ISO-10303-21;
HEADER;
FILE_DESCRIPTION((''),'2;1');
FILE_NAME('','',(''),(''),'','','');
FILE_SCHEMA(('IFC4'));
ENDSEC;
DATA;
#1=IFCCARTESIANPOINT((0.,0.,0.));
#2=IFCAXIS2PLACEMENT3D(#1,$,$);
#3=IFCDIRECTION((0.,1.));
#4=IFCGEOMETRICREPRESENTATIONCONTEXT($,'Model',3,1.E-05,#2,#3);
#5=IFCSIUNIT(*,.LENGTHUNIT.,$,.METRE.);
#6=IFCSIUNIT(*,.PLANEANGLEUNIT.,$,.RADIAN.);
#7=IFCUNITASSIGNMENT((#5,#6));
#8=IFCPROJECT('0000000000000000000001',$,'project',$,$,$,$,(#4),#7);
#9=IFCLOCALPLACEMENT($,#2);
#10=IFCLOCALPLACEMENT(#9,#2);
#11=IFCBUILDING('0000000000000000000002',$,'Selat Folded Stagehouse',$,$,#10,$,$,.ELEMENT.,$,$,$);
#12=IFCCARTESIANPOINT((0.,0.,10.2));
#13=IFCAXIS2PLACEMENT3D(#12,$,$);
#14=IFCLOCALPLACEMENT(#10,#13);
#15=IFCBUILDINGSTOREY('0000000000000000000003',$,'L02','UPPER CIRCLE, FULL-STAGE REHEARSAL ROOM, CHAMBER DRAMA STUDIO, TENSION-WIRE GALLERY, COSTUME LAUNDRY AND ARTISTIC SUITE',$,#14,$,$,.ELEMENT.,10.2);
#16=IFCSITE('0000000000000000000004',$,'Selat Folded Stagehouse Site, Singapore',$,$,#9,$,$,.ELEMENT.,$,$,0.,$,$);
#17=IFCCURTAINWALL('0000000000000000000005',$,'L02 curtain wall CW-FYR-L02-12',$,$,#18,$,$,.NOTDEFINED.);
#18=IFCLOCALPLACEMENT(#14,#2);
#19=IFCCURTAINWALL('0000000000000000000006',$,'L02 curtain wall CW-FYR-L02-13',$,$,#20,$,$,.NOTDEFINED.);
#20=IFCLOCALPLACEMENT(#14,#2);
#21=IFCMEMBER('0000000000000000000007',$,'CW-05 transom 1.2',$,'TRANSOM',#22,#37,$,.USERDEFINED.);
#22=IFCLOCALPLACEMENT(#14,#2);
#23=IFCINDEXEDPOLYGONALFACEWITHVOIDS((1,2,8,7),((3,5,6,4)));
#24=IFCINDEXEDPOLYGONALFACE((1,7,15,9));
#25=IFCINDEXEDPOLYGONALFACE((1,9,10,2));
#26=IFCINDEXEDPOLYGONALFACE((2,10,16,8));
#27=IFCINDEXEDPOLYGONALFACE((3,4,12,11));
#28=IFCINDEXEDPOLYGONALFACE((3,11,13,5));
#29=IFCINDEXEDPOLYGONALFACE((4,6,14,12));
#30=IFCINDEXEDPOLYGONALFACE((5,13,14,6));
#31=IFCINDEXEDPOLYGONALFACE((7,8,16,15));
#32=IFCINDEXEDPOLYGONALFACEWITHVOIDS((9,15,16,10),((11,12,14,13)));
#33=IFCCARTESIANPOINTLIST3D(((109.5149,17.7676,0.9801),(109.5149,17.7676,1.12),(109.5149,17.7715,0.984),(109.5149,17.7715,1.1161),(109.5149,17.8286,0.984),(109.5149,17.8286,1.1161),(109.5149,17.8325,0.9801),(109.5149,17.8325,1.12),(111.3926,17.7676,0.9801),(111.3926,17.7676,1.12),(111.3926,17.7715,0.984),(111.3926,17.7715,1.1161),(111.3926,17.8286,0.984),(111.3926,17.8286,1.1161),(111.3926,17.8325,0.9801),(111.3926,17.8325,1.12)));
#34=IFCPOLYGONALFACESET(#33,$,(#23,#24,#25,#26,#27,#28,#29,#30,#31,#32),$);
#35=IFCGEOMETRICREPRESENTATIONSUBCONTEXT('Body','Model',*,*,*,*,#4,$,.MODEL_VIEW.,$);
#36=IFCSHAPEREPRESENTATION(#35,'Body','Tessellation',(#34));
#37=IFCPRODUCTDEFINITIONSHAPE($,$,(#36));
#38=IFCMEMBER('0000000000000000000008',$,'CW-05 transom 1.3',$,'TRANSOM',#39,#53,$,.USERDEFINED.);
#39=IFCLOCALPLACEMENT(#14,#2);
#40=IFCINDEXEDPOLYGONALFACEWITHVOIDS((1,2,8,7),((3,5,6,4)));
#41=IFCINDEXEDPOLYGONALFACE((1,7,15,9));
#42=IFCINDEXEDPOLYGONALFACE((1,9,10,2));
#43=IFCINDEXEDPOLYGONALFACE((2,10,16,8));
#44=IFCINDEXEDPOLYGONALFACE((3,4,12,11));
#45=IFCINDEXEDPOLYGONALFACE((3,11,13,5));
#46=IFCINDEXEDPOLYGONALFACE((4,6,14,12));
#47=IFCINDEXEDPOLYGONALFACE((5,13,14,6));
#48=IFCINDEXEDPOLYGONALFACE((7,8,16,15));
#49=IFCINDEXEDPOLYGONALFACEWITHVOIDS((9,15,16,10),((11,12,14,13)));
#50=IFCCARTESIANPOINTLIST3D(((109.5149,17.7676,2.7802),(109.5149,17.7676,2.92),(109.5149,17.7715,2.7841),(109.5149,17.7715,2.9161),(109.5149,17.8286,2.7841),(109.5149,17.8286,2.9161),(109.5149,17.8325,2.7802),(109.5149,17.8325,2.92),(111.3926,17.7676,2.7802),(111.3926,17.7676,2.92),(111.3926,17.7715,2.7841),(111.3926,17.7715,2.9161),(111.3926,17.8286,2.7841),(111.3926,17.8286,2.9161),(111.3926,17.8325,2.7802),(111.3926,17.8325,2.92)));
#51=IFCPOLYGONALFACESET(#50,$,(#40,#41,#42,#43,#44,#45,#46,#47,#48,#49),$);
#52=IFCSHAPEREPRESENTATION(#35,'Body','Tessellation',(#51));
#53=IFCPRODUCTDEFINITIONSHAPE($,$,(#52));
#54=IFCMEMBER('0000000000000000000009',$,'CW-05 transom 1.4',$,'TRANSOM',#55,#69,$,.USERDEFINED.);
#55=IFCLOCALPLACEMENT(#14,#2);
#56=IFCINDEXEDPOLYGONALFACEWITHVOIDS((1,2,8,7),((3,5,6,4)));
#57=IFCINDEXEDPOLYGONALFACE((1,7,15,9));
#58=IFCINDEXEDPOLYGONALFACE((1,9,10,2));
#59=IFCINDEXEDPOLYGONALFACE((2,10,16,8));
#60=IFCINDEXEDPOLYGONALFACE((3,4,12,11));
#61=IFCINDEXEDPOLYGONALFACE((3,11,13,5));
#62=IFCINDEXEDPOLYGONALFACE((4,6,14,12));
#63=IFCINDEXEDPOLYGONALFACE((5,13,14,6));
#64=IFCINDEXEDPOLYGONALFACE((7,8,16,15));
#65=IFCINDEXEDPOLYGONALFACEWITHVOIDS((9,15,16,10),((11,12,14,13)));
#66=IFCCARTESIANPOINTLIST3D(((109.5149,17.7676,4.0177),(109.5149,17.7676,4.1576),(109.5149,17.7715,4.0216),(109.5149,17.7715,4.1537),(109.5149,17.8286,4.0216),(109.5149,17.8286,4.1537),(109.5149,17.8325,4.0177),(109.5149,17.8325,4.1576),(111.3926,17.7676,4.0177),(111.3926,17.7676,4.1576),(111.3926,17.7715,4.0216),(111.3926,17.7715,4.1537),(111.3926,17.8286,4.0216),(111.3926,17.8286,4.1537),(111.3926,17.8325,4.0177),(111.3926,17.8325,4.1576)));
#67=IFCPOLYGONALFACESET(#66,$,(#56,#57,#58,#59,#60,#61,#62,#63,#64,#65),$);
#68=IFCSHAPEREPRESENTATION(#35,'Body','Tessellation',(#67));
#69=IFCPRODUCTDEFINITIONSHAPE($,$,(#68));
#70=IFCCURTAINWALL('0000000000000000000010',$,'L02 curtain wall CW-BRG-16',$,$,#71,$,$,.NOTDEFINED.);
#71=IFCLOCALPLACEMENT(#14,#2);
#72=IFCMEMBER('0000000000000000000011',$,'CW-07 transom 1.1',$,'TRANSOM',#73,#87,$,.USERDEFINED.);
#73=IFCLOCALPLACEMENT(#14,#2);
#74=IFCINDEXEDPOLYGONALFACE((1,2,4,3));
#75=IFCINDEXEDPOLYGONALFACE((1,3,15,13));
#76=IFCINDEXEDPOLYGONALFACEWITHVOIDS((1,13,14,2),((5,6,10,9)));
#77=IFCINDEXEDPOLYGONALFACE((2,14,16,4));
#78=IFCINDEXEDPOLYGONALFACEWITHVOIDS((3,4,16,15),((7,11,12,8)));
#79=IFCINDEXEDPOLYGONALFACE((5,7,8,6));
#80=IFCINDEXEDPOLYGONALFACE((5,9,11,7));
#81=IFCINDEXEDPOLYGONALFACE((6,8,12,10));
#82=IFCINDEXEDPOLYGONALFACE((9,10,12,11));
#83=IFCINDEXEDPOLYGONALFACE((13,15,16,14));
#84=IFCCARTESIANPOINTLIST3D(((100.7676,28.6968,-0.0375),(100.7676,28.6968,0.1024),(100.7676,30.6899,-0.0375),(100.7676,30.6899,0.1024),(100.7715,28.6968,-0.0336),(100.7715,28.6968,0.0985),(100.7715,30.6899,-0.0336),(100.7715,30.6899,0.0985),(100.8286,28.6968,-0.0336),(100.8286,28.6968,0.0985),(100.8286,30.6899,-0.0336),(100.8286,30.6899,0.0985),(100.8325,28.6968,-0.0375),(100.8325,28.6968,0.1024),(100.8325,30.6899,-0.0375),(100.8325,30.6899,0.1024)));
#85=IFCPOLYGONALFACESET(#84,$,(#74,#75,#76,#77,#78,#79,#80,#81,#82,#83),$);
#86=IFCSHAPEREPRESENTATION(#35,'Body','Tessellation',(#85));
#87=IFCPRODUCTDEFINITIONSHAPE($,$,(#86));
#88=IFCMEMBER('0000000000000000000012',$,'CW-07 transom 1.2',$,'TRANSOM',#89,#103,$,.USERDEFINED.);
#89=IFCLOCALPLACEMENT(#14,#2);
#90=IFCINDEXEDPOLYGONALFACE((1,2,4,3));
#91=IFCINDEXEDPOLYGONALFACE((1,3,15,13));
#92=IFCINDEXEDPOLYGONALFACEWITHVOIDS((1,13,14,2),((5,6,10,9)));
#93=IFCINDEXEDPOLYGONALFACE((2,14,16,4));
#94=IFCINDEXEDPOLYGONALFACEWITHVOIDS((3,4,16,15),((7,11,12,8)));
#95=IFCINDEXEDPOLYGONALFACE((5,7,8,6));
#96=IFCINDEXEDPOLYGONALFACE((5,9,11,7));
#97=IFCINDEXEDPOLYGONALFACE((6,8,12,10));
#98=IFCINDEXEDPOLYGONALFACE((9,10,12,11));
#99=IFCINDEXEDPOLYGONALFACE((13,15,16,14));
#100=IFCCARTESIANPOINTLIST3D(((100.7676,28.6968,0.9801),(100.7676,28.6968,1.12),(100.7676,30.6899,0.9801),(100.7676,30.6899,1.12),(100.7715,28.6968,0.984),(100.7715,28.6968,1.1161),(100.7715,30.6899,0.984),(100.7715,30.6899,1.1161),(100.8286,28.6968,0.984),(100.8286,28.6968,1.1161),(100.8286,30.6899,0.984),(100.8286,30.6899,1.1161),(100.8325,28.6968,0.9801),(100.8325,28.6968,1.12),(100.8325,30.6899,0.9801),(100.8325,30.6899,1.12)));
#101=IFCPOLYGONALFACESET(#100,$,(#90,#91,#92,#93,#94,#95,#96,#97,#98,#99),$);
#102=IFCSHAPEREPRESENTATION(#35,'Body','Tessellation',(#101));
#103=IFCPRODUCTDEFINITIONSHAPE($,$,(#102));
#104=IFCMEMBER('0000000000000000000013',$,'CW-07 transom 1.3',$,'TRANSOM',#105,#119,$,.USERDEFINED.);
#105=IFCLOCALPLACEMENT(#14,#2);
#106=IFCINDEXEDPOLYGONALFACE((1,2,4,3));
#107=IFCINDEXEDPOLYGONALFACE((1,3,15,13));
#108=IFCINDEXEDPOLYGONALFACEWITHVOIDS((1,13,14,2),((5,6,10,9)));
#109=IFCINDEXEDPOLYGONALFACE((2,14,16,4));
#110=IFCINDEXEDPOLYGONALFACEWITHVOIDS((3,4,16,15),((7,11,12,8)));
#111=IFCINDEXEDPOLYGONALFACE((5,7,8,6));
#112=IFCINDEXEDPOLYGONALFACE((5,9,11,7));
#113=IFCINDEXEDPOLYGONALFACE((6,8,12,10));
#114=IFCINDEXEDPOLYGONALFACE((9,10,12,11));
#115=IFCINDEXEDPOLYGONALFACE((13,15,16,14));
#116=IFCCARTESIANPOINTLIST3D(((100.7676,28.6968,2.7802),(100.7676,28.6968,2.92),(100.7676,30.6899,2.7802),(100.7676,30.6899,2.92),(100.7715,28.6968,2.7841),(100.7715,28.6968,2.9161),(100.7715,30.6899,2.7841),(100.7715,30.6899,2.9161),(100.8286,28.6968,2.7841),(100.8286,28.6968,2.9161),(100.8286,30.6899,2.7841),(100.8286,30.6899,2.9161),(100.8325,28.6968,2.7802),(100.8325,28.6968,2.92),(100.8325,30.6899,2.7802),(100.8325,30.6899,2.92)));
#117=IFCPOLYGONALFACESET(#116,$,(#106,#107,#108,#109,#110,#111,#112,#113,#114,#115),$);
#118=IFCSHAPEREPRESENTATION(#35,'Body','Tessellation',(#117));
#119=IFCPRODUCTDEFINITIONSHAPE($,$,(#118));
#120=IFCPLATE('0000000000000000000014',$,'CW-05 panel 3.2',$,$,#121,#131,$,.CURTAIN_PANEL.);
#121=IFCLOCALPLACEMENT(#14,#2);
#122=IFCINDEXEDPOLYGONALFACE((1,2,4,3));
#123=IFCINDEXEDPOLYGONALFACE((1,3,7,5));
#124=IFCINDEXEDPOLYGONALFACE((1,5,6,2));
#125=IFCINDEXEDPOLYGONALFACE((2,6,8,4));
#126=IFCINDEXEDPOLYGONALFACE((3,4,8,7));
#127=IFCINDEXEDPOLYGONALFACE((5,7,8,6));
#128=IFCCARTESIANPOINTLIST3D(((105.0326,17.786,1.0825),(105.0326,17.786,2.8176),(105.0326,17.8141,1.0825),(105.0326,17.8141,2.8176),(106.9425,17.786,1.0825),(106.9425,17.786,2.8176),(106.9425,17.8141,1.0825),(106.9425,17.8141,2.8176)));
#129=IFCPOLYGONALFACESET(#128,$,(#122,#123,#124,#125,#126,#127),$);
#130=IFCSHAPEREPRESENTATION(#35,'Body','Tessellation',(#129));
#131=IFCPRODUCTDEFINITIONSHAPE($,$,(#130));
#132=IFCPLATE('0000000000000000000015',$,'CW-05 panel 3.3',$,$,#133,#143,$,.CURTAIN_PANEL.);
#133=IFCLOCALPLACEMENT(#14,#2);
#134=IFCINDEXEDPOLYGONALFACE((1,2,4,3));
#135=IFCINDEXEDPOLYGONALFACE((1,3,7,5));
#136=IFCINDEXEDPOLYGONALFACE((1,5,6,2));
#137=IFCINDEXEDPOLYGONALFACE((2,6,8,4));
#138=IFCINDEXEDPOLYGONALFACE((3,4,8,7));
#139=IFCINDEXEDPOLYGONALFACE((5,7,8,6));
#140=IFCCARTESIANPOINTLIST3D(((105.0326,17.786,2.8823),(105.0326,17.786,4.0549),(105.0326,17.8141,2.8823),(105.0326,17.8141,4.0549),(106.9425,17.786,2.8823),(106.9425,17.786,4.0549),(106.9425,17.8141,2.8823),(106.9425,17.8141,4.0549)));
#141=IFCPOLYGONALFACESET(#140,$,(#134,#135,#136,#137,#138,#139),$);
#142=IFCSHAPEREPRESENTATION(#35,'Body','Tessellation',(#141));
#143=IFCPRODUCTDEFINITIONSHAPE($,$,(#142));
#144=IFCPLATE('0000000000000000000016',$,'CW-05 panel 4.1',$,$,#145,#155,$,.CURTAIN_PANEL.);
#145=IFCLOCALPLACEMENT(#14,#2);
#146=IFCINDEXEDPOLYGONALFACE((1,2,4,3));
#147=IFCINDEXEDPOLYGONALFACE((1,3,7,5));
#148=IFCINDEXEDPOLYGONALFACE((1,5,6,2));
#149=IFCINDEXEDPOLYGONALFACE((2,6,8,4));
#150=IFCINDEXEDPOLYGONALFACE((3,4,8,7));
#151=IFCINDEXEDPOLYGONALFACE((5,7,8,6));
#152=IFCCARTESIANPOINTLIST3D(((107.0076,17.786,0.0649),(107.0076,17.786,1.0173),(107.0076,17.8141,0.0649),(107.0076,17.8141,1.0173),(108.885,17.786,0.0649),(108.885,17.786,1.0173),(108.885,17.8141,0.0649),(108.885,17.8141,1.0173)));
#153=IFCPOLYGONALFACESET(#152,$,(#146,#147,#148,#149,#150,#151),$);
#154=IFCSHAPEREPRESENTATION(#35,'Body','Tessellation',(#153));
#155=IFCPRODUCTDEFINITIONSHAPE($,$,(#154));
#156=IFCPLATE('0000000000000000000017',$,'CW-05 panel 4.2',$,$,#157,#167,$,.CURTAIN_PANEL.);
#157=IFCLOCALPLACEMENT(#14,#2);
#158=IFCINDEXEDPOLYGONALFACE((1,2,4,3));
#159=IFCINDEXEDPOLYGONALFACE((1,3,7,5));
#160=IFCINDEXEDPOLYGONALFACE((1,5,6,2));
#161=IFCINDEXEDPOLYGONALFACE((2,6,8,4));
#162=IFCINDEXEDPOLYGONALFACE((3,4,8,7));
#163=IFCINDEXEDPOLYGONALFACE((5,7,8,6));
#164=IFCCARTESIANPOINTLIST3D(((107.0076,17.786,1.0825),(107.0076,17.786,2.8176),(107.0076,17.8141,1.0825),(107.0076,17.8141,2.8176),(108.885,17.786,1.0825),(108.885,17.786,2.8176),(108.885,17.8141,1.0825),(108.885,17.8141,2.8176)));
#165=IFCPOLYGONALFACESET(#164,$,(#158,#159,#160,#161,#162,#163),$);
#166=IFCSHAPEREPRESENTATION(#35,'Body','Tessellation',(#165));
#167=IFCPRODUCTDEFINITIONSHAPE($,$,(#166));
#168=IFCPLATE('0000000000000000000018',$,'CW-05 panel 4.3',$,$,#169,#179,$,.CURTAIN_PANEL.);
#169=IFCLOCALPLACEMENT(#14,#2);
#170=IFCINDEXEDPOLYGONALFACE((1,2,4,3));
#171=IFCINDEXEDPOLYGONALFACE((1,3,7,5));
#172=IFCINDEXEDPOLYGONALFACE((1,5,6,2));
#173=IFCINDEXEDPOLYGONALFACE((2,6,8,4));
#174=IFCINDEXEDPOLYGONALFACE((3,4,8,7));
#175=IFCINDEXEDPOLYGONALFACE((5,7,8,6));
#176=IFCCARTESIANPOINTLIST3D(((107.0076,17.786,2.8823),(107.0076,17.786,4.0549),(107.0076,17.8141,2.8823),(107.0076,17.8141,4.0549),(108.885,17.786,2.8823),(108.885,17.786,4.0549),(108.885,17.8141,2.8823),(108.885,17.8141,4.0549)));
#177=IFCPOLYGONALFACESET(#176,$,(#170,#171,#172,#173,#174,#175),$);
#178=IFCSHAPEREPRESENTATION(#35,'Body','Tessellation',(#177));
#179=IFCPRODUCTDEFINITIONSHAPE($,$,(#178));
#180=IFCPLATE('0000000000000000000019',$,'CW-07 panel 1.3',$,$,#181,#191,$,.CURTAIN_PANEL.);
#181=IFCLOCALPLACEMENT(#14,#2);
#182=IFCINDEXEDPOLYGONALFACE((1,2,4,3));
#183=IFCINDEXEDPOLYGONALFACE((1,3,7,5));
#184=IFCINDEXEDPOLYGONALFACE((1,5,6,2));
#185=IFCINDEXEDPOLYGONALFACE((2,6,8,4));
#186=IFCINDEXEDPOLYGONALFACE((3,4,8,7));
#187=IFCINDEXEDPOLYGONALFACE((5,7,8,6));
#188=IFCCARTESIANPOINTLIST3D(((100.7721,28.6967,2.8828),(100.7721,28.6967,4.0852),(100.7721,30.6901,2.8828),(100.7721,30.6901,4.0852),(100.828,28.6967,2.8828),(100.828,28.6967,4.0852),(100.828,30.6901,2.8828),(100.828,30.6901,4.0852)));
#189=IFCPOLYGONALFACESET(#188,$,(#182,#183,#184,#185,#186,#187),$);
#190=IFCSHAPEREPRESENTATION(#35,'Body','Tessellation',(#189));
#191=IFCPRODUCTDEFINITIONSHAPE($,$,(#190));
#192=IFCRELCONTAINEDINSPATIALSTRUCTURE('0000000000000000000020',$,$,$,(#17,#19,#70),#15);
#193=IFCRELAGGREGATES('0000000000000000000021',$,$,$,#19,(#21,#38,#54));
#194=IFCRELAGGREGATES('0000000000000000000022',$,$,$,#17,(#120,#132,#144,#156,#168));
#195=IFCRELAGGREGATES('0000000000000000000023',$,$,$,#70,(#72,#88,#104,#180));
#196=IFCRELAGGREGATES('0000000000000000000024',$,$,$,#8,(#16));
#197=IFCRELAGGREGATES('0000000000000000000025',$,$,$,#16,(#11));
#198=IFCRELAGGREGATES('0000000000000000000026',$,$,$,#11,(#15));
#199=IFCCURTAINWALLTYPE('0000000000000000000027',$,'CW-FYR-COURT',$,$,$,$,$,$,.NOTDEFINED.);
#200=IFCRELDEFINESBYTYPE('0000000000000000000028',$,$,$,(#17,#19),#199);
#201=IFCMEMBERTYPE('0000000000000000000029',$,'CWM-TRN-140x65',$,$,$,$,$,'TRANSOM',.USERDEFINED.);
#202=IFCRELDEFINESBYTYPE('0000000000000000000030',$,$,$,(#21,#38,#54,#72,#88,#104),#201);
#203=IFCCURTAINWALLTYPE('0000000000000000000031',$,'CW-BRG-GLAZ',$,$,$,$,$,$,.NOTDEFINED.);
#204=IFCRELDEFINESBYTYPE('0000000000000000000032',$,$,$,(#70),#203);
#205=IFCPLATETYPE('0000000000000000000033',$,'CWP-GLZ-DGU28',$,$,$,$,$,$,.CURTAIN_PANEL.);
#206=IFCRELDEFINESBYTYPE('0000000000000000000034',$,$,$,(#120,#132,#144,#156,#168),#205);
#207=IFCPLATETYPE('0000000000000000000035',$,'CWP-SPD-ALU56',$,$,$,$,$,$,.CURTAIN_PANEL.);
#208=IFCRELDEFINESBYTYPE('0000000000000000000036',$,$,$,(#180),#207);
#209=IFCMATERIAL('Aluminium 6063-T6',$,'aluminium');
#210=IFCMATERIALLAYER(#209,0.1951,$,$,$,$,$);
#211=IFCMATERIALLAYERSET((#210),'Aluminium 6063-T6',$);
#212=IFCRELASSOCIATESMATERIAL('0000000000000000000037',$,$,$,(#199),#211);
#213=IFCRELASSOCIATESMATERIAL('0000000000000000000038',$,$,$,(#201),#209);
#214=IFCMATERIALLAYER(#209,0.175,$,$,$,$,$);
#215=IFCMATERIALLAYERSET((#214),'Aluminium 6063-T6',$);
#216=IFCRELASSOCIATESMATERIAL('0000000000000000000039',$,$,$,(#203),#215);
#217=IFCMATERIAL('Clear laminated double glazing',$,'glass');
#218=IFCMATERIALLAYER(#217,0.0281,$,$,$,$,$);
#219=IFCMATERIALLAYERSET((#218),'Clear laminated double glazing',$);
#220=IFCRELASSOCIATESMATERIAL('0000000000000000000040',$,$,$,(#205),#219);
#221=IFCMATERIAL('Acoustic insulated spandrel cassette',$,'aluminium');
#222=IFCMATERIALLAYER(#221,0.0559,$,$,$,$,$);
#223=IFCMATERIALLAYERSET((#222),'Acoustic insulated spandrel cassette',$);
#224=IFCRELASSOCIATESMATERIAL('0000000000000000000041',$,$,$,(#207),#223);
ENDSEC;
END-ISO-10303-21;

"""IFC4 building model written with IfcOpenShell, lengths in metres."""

from ifc_helpers import new_model, si_unit, direction, frame, origin, origin_2d, place, context, subcontext, project, spatial, rectangle, hollow_rectangle, extrude, material, layer, layer_set, material_profile, profile_set, type_object, element, aggregate, save


model = new_model("IFC4")

# Units and contexts
model_context = context("Model", 3, precision=1e-05, world=origin(), true_north=direction((0.0, 1.0)))
body_context = subcontext(model_context, "Body", "Model", "MODEL_VIEW")
ifc_project = project(units=[si_unit("LENGTHUNIT", "METRE"), si_unit("PLANEANGLEUNIT", "RADIAN")], contexts=[model_context])

# Site, building, storey
site_placement = place(None, origin())
site = spatial("IfcSite", under=ifc_project, at=site_placement, Name="Selat Folded Stagehouse Site, Singapore", CompositionType="ELEMENT", RefElevation=0.0)
building_placement = place(site_placement, origin())
building = spatial("IfcBuilding", under=site, at=building_placement, Name="Selat Folded Stagehouse", CompositionType="ELEMENT")
storey_placement = place(building_placement, frame((0.0, 0.0, 10.2)))
storey = spatial("IfcBuildingStorey", under=building, at=storey_placement, Name="L02", Description="UPPER CIRCLE, FULL-STAGE REHEARSAL ROOM, CHAMBER DRAMA STUDIO, TENSION-WIRE GALLERY, COSTUME LAUNDRY AND ARTISTIC SUITE", CompositionType="ELEMENT", Elevation=10.2)

# Curtain wall
ifc_material_1 = material(Name="Aluminium 6063-T6", Category="aluminium")
ifc_layer_1 = layer(ifc_material_1, 0.1951)
ifc_layer_set_1 = layer_set([ifc_layer_1], Name="Aluminium 6063-T6")
curtain_wall_type_1 = type_object("IfcCurtainWallType", Name="CW-FYR-COURT", PredefinedType="NOTDEFINED", material=ifc_layer_set_1)
curtain_wall_1_placement = place(storey_placement, origin())
curtain_wall_1 = element("IfcCurtainWall", 1, at=curtain_wall_1_placement, inside=storey, type_object=curtain_wall_type_1, Name="L02 curtain wall CW-FYR-L02-12", PredefinedType="NOTDEFINED")

# Curtain wall
curtain_wall_2_placement = place(storey_placement, origin())
curtain_wall_2 = element("IfcCurtainWall", 2, at=curtain_wall_2_placement, inside=storey, type_object=curtain_wall_type_1, Name="L02 curtain wall CW-FYR-L02-13", PredefinedType="NOTDEFINED")

# Members
ifc_material_profile_1 = material_profile(ifc_material_1, hollow_rectangle(XDim=0.0649, YDim=0.1399, WallThickness=0.0039, at=origin_2d()), Name="ALU 140x65x4.0")
ifc_profile_set_1 = profile_set([ifc_material_profile_1], Name="Aluminium 6063-T6")
member_type_1 = type_object("IfcMemberType", Name="CWM-TRN-140x65", ElementType="TRANSOM", PredefinedType="USERDEFINED", material=ifc_profile_set_1)
member_1_placement = place(storey_placement, frame((109.5149, 17.8, 1.05), z_axis=(1.0, 0.0, 0.0), x_axis=(0.0, 1.0, 0.0)))
member_1 = element("IfcMember", 3, at=member_1_placement, type_object=member_type_1, Name="CW-05 transom 1.2", ObjectType="TRANSOM", PredefinedType="USERDEFINED", context=body_context, shape_type="SweptSolid", body=[
    extrude(hollow_rectangle(XDim=0.0649, YDim=0.1399, WallThickness=0.0039, at=origin_2d()), origin(), (0.0, 0.0, 1.0), 1.8777),
])
member_2_placement = place(storey_placement, frame((109.5149, 17.8, 2.8501), z_axis=(1.0, 0.0, 0.0), x_axis=(0.0, 1.0, 0.0)))
member_2 = element("IfcMember", 4, at=member_2_placement, type_object=member_type_1, Name="CW-05 transom 1.3", ObjectType="TRANSOM", PredefinedType="USERDEFINED", context=body_context, shape_type="SweptSolid", body=[
    extrude(hollow_rectangle(XDim=0.0649, YDim=0.1399, WallThickness=0.0039, at=origin_2d()), origin(), (0.0, 0.0, 1.0), 1.8777),
])
member_3_placement = place(storey_placement, frame((109.5149, 17.8, 4.0876), z_axis=(1.0, 0.0, 0.0), x_axis=(0.0, 1.0, 0.0)))
member_3 = element("IfcMember", 5, at=member_3_placement, type_object=member_type_1, Name="CW-05 transom 1.4", ObjectType="TRANSOM", PredefinedType="USERDEFINED", context=body_context, shape_type="SweptSolid", body=[
    extrude(hollow_rectangle(XDim=0.0649, YDim=0.1399, WallThickness=0.0039, at=origin_2d()), origin(), (0.0, 0.0, 1.0), 1.8777),
])
aggregate(curtain_wall_2, [member_1, member_2, member_3])

# Curtain wall, members
ifc_layer_2 = layer(ifc_material_1, 0.175)
ifc_layer_set_2 = layer_set([ifc_layer_2], Name="Aluminium 6063-T6")
curtain_wall_type_2 = type_object("IfcCurtainWallType", Name="CW-BRG-GLAZ", PredefinedType="NOTDEFINED", material=ifc_layer_set_2)
curtain_wall_3_placement = place(storey_placement, origin())
curtain_wall_3 = element("IfcCurtainWall", 6, at=curtain_wall_3_placement, inside=storey, type_object=curtain_wall_type_2, Name="L02 curtain wall CW-BRG-16", PredefinedType="NOTDEFINED")
member_4_placement = place(storey_placement, frame((100.8, 30.6899, 0.0325), z_axis=(0.0, -1.0, 0.0), x_axis=(1.0, 0.0, 0.0)))
member_4 = element("IfcMember", 7, at=member_4_placement, type_object=member_type_1, Name="CW-07 transom 1.1", ObjectType="TRANSOM", PredefinedType="USERDEFINED", context=body_context, shape_type="SweptSolid", body=[
    extrude(hollow_rectangle(XDim=0.0649, YDim=0.1399, WallThickness=0.0039, at=origin_2d()), origin(), (0.0, 0.0, 1.0), 1.9932),
])
member_5_placement = place(storey_placement, frame((100.8, 30.6899, 1.05), z_axis=(0.0, -1.0, 0.0), x_axis=(1.0, 0.0, 0.0)))
member_5 = element("IfcMember", 8, at=member_5_placement, type_object=member_type_1, Name="CW-07 transom 1.2", ObjectType="TRANSOM", PredefinedType="USERDEFINED", context=body_context, shape_type="SweptSolid", body=[
    extrude(hollow_rectangle(XDim=0.0649, YDim=0.1399, WallThickness=0.0039, at=origin_2d()), origin(), (0.0, 0.0, 1.0), 1.9932),
])
member_6_placement = place(storey_placement, frame((100.8, 30.6899, 2.8501), z_axis=(0.0, -1.0, 0.0), x_axis=(1.0, 0.0, 0.0)))
member_6 = element("IfcMember", 9, at=member_6_placement, type_object=member_type_1, Name="CW-07 transom 1.3", ObjectType="TRANSOM", PredefinedType="USERDEFINED", context=body_context, shape_type="SweptSolid", body=[
    extrude(hollow_rectangle(XDim=0.0649, YDim=0.1399, WallThickness=0.0039, at=origin_2d()), origin(), (0.0, 0.0, 1.0), 1.9932),
])

# Plates
ifc_material_2 = material(Name="Clear laminated double glazing", Category="glass")
ifc_layer_3 = layer(ifc_material_2, 0.0281)
ifc_layer_set_3 = layer_set([ifc_layer_3], Name="Clear laminated double glazing")
plate_type_1 = type_object("IfcPlateType", Name="CWP-GLZ-DGU28", PredefinedType="CURTAIN_PANEL", material=ifc_layer_set_3)
plate_1_placement = place(storey_placement, frame((105.9875, 17.8, 1.0825), z_axis=(0.0, 0.0, 1.0), x_axis=(1.0, 0.0, 0.0)))
plate_1 = element("IfcPlate", 10, at=plate_1_placement, type_object=plate_type_1, Name="CW-05 panel 3.2", PredefinedType="CURTAIN_PANEL", context=body_context, shape_type="SweptSolid", body=[
    extrude(rectangle(XDim=1.9099, YDim=0.0281, at=origin_2d()), origin(), (0.0, 0.0, 1.0), 1.7351),
])
plate_2_placement = place(storey_placement, frame((105.9875, 17.8, 2.8823), z_axis=(0.0, 0.0, 1.0), x_axis=(1.0, 0.0, 0.0)))
plate_2 = element("IfcPlate", 11, at=plate_2_placement, type_object=plate_type_1, Name="CW-05 panel 3.3", PredefinedType="CURTAIN_PANEL", context=body_context, shape_type="SweptSolid", body=[
    extrude(rectangle(XDim=1.9099, YDim=0.0281, at=origin_2d()), origin(), (0.0, 0.0, 1.0), 1.1726),
])
plate_3_placement = place(storey_placement, frame((107.9463, 17.8, 0.0649), z_axis=(0.0, 0.0, 1.0), x_axis=(1.0, 0.0, 0.0)))
plate_3 = element("IfcPlate", 12, at=plate_3_placement, type_object=plate_type_1, Name="CW-05 panel 4.1", PredefinedType="CURTAIN_PANEL", context=body_context, shape_type="SweptSolid", body=[
    extrude(rectangle(XDim=1.8774, YDim=0.0281, at=origin_2d()), origin(), (0.0, 0.0, 1.0), 0.9524),
])
plate_4_placement = place(storey_placement, frame((107.9463, 17.8, 1.0825), z_axis=(0.0, 0.0, 1.0), x_axis=(1.0, 0.0, 0.0)))
plate_4 = element("IfcPlate", 13, at=plate_4_placement, type_object=plate_type_1, Name="CW-05 panel 4.2", PredefinedType="CURTAIN_PANEL", context=body_context, shape_type="SweptSolid", body=[
    extrude(rectangle(XDim=1.8774, YDim=0.0281, at=origin_2d()), origin(), (0.0, 0.0, 1.0), 1.7351),
])
plate_5_placement = place(storey_placement, frame((107.9463, 17.8, 2.8823), z_axis=(0.0, 0.0, 1.0), x_axis=(1.0, 0.0, 0.0)))
plate_5 = element("IfcPlate", 14, at=plate_5_placement, type_object=plate_type_1, Name="CW-05 panel 4.3", PredefinedType="CURTAIN_PANEL", context=body_context, shape_type="SweptSolid", body=[
    extrude(rectangle(XDim=1.8774, YDim=0.0281, at=origin_2d()), origin(), (0.0, 0.0, 1.0), 1.1726),
])
aggregate(curtain_wall_1, [plate_1, plate_2, plate_3, plate_4, plate_5])
ifc_material_3 = material(Name="Acoustic insulated spandrel cassette", Category="aluminium")
ifc_layer_4 = layer(ifc_material_3, 0.0559)
ifc_layer_set_4 = layer_set([ifc_layer_4], Name="Acoustic insulated spandrel cassette")
plate_type_2 = type_object("IfcPlateType", Name="CWP-SPD-ALU56", PredefinedType="CURTAIN_PANEL", material=ifc_layer_set_4)
plate_6_placement = place(storey_placement, frame((100.8, 29.6934, 2.8828), z_axis=(0.0, 0.0, 1.0), x_axis=(0.0, -1.0, 0.0)))
plate_6 = element("IfcPlate", 15, at=plate_6_placement, type_object=plate_type_2, Name="CW-07 panel 1.3", PredefinedType="CURTAIN_PANEL", context=body_context, shape_type="SweptSolid", body=[
    extrude(rectangle(XDim=1.9934, YDim=0.0559, at=origin_2d()), origin(), (0.0, 0.0, 1.0), 1.2024),
])
aggregate(curtain_wall_3, [member_4, member_5, member_6, plate_6])

save(model, "model.ifc")
